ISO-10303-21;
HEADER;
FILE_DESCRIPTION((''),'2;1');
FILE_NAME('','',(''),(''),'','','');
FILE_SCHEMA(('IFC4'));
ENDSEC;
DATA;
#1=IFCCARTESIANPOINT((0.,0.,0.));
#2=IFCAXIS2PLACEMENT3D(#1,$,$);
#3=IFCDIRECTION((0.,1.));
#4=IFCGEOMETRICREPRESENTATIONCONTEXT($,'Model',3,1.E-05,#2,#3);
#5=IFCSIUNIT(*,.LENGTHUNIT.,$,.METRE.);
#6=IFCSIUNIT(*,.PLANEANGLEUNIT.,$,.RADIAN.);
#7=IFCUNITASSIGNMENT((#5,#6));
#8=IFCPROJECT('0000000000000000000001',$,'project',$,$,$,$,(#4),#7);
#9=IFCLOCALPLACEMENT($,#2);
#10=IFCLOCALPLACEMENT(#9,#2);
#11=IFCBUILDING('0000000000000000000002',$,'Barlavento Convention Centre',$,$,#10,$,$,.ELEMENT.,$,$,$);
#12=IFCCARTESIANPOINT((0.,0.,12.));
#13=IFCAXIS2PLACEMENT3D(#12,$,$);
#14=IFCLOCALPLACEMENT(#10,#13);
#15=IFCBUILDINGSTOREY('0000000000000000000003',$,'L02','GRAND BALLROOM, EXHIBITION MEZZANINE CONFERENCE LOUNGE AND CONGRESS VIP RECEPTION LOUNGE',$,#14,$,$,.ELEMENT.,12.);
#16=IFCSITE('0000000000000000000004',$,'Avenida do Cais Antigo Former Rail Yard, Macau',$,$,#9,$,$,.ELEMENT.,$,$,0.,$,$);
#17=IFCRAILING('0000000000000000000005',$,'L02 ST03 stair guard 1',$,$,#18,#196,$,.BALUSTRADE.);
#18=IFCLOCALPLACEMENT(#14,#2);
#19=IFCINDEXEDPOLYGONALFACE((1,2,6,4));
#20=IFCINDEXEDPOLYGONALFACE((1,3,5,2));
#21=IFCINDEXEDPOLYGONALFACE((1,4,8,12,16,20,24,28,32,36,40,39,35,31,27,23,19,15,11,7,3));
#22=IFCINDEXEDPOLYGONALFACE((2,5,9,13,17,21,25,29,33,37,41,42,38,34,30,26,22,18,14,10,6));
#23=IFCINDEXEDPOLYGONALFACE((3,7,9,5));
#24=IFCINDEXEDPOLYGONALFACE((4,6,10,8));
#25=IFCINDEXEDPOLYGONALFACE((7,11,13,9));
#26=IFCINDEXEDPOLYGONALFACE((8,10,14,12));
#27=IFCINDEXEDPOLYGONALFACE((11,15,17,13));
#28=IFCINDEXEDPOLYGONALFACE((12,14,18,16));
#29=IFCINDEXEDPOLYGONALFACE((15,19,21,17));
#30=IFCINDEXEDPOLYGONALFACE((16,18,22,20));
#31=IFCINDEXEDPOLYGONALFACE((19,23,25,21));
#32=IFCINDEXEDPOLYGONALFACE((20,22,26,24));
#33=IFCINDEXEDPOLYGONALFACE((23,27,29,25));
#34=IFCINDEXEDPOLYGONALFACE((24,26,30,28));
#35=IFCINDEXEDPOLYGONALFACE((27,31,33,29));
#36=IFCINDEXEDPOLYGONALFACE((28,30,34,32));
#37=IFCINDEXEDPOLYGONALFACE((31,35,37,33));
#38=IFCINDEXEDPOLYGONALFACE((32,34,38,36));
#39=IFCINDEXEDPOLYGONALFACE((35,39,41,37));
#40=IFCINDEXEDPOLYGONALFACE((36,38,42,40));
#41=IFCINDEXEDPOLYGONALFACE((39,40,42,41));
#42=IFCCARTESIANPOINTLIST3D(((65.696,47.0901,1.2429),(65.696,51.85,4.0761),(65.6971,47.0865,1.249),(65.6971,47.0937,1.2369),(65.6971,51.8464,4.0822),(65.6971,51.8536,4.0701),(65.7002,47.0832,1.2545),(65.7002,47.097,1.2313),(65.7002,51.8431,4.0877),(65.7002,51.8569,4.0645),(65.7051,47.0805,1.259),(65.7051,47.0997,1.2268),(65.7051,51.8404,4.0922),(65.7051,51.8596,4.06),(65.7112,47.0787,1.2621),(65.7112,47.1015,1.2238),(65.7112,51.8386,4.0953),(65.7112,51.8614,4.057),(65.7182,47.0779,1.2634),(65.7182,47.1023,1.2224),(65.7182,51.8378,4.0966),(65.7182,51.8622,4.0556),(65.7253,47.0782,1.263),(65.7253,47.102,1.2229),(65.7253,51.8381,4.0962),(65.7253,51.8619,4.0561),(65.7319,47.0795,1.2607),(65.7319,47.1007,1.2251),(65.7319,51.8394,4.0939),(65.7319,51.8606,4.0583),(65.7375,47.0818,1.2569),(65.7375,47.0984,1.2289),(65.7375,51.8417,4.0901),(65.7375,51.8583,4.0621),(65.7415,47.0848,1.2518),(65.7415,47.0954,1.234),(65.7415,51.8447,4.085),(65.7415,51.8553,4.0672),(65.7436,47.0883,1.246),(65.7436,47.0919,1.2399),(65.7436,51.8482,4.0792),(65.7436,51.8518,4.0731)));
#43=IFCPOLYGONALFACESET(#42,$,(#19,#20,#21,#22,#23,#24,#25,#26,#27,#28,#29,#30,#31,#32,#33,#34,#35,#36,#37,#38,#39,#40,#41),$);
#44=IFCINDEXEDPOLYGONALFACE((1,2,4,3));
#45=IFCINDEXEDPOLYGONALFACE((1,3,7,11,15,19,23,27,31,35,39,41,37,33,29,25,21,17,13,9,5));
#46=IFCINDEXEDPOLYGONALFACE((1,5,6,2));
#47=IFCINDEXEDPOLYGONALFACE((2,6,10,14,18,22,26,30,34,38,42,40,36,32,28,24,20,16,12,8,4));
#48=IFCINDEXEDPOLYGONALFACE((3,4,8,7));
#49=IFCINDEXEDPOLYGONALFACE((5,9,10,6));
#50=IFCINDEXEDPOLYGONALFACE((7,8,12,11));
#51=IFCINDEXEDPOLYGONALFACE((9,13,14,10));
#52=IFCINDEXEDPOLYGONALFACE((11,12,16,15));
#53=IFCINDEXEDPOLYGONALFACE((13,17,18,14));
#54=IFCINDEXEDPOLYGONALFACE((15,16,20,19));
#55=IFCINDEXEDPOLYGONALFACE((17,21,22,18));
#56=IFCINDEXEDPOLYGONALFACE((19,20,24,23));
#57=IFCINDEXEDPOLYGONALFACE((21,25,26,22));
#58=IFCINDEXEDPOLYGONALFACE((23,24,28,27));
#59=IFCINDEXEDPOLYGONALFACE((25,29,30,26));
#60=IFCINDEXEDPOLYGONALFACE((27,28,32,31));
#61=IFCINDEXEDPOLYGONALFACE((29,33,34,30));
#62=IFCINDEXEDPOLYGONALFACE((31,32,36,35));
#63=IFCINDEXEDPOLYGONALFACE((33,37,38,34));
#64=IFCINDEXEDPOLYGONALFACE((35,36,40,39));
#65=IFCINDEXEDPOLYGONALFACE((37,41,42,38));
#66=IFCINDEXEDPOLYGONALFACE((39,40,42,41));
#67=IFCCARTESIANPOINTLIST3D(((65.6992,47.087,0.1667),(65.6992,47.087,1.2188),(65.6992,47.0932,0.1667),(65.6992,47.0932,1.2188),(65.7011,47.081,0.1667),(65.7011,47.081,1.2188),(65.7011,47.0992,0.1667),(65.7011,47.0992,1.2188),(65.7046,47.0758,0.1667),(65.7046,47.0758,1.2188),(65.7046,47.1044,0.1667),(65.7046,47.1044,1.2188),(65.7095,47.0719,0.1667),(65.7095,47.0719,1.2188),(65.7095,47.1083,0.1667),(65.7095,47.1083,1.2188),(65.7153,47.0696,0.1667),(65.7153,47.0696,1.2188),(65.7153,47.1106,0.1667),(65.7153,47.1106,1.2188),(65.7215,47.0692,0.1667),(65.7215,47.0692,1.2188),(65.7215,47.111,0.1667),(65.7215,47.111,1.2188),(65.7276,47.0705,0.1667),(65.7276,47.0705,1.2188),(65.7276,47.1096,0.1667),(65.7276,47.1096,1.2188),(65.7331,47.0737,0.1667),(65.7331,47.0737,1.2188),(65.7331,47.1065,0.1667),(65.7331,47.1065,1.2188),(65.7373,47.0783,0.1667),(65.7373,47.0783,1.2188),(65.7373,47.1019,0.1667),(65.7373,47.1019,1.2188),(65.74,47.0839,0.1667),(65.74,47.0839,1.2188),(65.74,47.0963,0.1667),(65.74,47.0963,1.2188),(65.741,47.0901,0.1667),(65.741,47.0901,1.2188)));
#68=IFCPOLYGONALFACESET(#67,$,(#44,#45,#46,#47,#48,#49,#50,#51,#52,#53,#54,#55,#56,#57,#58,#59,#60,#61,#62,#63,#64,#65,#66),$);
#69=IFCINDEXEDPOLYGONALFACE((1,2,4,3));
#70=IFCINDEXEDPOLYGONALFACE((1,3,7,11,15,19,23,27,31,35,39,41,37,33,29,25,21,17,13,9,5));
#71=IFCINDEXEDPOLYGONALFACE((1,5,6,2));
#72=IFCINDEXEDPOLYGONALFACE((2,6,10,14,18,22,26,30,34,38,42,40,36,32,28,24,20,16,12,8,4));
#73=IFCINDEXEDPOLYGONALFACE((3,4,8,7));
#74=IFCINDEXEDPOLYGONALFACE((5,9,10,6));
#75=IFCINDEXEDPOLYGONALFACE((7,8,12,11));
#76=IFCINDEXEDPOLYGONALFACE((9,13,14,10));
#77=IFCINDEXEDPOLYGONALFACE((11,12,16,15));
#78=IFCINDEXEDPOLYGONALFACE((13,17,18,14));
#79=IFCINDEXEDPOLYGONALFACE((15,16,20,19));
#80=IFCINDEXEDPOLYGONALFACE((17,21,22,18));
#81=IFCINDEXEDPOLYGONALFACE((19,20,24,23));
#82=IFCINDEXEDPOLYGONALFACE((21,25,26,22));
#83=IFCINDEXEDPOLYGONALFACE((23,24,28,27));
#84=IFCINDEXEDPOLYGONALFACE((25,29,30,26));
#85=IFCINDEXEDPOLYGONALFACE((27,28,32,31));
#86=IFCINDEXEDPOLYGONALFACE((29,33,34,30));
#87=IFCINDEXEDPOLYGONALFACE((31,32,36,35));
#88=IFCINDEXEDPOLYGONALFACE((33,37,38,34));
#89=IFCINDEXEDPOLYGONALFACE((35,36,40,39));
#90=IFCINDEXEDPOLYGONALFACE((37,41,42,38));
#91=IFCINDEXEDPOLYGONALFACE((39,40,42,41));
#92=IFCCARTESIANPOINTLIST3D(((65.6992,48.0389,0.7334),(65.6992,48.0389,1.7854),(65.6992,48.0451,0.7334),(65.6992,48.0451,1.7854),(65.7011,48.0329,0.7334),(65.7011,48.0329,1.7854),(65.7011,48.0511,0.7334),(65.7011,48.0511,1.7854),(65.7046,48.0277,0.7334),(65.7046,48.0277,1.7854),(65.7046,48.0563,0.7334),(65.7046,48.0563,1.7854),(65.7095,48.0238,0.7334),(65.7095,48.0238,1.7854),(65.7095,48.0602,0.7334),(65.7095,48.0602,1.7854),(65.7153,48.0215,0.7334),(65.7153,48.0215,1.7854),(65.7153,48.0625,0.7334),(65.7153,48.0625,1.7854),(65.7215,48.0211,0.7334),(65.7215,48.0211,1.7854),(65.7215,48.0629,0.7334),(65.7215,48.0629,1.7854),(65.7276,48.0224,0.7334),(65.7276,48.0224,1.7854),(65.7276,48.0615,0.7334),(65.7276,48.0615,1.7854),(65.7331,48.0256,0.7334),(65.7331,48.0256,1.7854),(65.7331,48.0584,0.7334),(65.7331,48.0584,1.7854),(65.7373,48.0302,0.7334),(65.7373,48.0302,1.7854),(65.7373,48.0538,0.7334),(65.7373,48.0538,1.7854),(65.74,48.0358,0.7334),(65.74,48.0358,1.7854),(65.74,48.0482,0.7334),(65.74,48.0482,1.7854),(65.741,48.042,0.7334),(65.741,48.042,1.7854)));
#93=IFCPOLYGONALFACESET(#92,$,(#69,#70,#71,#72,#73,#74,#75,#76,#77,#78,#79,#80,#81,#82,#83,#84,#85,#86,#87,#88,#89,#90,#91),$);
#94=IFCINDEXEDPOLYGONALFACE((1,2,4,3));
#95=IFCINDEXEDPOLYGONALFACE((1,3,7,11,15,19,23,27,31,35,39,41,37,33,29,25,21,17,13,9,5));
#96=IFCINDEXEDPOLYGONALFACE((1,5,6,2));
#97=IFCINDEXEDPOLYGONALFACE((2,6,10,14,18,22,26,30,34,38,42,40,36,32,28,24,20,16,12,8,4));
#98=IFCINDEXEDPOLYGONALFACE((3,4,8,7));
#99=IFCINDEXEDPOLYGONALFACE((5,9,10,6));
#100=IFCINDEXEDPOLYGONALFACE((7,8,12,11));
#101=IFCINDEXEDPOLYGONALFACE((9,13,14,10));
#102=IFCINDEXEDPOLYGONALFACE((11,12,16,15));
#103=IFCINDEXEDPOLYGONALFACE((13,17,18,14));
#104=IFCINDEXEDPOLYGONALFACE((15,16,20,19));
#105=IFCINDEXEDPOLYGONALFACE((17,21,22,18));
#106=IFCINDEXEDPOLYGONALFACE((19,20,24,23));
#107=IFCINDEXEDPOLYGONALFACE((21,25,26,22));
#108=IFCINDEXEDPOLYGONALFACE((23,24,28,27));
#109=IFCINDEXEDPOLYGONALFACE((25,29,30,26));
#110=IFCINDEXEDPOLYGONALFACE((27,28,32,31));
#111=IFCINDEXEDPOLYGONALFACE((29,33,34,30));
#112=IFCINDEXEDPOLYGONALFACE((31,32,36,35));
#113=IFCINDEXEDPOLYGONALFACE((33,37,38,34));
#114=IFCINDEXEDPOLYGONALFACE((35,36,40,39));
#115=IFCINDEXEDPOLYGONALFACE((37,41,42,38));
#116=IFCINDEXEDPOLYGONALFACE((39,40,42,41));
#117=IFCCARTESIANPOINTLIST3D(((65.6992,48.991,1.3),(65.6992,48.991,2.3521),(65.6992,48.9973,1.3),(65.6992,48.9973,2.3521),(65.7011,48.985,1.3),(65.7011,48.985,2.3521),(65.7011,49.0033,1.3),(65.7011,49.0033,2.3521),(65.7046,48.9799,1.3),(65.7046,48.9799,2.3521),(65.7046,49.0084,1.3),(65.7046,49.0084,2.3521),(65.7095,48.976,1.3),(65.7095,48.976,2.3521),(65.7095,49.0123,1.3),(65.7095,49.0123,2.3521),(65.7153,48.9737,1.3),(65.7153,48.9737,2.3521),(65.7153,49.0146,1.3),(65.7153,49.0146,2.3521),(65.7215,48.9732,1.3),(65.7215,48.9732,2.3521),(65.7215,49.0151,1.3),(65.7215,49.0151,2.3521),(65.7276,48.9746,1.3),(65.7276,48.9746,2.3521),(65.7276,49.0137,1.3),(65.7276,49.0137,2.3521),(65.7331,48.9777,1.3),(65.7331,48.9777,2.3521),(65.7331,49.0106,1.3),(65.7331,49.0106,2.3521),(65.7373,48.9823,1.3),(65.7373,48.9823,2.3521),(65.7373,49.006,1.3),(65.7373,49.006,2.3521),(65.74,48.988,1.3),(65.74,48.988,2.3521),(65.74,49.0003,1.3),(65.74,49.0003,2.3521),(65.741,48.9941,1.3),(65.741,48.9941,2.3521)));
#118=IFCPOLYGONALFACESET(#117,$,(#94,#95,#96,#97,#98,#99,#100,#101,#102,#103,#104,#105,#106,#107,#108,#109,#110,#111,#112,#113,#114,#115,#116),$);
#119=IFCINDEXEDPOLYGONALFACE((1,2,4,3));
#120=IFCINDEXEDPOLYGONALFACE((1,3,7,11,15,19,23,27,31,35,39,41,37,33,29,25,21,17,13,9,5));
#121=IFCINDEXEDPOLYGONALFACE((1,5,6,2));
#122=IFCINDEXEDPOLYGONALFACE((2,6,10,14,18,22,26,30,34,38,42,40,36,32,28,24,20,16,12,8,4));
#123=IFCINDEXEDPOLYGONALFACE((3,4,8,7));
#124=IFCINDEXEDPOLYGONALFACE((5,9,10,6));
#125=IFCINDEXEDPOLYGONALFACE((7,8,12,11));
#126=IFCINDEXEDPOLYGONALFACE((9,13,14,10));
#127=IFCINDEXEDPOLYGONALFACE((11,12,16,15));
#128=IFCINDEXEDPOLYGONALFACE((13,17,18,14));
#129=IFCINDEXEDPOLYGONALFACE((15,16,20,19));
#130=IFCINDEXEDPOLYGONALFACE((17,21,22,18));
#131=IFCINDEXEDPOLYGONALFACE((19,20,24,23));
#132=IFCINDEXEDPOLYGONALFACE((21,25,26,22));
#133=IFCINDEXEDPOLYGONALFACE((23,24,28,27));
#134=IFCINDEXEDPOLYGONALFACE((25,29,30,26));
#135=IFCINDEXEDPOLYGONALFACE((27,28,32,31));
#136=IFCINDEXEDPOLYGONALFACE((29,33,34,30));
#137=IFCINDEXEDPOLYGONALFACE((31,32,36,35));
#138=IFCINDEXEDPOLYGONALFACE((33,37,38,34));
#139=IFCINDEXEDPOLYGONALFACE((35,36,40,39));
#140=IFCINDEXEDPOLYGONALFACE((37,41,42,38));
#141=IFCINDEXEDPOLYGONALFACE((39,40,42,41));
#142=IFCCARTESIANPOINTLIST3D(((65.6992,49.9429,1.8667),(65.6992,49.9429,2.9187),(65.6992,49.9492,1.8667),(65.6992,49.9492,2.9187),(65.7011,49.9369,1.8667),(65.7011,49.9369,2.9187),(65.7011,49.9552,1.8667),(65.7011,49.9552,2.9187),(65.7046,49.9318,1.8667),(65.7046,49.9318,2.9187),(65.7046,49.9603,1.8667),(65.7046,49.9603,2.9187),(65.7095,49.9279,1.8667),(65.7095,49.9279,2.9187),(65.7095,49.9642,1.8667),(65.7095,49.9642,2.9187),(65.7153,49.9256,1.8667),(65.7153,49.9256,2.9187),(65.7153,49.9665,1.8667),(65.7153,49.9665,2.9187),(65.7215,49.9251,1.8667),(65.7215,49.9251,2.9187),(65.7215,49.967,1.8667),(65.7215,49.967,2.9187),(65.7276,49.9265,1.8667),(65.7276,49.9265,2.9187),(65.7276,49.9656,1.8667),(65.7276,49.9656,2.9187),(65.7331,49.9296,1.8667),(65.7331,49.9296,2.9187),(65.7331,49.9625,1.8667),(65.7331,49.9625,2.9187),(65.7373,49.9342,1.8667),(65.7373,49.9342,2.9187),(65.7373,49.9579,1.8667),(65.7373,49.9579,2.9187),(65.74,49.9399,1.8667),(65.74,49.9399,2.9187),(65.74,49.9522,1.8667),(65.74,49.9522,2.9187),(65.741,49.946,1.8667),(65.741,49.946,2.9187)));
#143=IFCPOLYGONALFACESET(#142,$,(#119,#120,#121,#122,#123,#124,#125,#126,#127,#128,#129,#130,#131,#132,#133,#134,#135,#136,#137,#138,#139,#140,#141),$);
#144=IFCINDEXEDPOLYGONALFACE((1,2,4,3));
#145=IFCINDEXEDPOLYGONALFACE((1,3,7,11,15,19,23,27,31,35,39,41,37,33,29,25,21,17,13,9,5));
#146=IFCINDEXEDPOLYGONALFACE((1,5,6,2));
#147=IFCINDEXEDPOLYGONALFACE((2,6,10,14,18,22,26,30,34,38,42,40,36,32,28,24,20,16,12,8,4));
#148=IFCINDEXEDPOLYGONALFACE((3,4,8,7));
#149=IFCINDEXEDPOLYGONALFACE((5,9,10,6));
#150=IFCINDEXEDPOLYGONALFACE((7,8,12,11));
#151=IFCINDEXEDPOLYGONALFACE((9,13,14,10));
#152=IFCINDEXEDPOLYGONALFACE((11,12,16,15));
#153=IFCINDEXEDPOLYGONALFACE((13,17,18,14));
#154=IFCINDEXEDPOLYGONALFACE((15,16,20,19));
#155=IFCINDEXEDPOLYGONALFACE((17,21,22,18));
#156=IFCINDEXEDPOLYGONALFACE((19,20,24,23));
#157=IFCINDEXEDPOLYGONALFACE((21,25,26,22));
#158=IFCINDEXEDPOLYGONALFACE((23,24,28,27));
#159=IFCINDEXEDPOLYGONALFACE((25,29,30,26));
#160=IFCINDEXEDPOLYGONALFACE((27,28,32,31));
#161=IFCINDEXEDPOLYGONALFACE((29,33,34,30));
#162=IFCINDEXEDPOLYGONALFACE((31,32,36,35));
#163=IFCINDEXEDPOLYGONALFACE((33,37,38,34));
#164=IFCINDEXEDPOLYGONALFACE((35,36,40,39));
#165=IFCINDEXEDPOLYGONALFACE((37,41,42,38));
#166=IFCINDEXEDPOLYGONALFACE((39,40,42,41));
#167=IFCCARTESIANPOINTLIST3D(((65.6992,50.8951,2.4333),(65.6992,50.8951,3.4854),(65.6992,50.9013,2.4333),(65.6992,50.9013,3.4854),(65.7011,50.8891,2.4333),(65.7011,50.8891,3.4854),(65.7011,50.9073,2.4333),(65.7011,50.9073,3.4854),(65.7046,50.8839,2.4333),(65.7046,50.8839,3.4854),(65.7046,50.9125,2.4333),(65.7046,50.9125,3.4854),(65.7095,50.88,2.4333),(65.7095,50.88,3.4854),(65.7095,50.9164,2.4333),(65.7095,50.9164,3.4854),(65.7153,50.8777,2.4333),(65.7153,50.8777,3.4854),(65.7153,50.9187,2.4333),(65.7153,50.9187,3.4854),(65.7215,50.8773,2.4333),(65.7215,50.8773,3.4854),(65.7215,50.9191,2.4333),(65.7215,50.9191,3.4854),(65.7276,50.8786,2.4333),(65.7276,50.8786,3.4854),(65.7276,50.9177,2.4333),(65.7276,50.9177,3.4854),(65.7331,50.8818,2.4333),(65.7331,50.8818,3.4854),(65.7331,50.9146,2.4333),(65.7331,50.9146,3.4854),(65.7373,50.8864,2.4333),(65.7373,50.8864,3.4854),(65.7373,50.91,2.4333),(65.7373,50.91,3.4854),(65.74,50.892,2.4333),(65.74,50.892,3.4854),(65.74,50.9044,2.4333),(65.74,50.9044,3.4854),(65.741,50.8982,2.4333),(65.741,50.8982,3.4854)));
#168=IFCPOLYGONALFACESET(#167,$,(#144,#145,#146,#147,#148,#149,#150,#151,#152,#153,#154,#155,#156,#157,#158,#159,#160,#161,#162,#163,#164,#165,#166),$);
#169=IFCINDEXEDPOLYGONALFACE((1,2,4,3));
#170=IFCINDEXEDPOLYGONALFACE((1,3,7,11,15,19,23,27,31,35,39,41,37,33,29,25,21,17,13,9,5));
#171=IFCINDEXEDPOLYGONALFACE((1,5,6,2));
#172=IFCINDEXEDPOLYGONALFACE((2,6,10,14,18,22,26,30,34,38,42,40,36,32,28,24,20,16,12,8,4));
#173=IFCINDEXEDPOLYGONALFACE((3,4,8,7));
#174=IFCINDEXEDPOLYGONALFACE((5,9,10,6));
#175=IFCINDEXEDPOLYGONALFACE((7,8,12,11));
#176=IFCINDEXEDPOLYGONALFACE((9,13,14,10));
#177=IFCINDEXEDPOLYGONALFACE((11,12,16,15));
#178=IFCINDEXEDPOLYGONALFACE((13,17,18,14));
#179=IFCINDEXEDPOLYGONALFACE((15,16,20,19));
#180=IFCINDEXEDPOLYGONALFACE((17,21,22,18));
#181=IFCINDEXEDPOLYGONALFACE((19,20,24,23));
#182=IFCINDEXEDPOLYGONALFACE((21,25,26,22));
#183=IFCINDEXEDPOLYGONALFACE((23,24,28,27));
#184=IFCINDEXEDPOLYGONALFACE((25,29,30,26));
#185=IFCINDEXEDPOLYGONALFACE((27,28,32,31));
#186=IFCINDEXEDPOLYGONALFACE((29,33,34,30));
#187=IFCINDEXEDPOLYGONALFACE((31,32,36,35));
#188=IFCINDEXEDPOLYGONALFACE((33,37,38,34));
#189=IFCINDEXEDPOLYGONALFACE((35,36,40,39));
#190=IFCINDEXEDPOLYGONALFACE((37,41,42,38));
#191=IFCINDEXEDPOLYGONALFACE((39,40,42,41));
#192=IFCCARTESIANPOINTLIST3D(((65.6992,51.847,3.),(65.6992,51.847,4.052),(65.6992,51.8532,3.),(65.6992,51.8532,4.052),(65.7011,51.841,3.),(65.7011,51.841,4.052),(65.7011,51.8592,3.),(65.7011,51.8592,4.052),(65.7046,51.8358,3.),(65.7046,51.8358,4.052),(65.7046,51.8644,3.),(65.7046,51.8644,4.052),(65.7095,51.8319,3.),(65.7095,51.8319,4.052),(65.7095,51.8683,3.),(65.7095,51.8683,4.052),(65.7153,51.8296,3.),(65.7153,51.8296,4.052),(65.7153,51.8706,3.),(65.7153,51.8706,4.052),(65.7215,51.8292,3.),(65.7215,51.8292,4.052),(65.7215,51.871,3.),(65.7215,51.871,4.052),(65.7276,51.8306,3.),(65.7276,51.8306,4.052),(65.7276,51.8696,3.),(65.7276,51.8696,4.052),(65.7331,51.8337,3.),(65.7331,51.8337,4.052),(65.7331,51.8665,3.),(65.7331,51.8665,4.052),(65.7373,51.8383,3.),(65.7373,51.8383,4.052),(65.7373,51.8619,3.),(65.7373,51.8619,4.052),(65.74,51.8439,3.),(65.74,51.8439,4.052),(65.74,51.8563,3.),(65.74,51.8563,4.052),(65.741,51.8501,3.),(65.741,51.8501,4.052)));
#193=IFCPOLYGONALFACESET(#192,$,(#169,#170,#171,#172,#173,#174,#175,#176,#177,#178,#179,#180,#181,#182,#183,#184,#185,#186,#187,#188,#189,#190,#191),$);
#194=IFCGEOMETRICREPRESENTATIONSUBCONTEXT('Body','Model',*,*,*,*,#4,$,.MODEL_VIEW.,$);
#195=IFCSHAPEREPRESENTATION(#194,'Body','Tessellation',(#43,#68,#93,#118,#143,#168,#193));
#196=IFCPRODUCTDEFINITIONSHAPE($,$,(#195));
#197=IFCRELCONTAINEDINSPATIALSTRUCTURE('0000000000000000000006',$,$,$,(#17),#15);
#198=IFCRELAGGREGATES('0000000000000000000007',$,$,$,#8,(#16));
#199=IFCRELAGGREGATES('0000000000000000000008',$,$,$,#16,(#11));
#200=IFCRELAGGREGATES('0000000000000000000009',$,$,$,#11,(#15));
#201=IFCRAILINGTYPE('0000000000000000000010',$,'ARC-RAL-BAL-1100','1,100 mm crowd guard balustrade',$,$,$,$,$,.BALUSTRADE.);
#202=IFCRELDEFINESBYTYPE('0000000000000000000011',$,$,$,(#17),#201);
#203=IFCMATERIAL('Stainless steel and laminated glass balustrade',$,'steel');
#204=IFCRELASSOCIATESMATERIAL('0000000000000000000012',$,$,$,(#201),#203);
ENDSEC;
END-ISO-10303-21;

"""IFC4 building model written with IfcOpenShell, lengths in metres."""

from ifc_helpers import new_model, si_unit, direction, frame, origin, origin_2d, place, context, subcontext, project, spatial, circle, extrude, material, type_object, element, save


model = new_model("IFC4")

# Units and contexts
model_context = context("Model", 3, precision=1e-05, world=origin(), true_north=direction((0.0, 1.0)))
body_context = subcontext(model_context, "Body", "Model", "MODEL_VIEW")
ifc_project = project(units=[si_unit("LENGTHUNIT", "METRE"), si_unit("PLANEANGLEUNIT", "RADIAN")], contexts=[model_context])

# Site, building, storey
site_placement = place(None, origin())
site = spatial("IfcSite", under=ifc_project, at=site_placement, Name="Avenida do Cais Antigo Former Rail Yard, Macau", CompositionType="ELEMENT", RefElevation=0.0)
building_placement = place(site_placement, origin())
building = spatial("IfcBuilding", under=site, at=building_placement, Name="Barlavento Convention Centre", CompositionType="ELEMENT")
storey_placement = place(building_placement, frame((0.0, 0.0, 12.0)))
storey = spatial("IfcBuildingStorey", under=building, at=storey_placement, Name="L02", Description="GRAND BALLROOM, EXHIBITION MEZZANINE CONFERENCE LOUNGE AND CONGRESS VIP RECEPTION LOUNGE", CompositionType="ELEMENT", Elevation=12.0)

# Railing
ifc_material_1 = material(Name="Stainless steel and laminated glass balustrade", Category="steel")
railing_type_1 = type_object("IfcRailingType", Name="ARC-RAL-BAL-1100", Description="1,100 mm crowd guard balustrade", PredefinedType="BALUSTRADE", material=ifc_material_1)
railing_1_placement = place(storey_placement, frame((65.72, 47.0901, 0.1667)))
element("IfcRailing", 1, at=railing_1_placement, inside=storey, type_object=railing_type_1, Name="L02 ST03 stair guard 1", PredefinedType="BALUSTRADE", context=body_context, shape_type="SweptSolid", body=[
    extrude(circle(Radius=0.0239, at=origin_2d()), frame((0.0, 0.0, 1.0762), z_axis=(0.0, 0.8593, 0.511472), x_axis=(-1.0, 0.0, 0.0)), (0.0, 0.0, 1.0), 5.5393),
    extrude(circle(Radius=0.021, at=origin_2d()), origin(), (0.0, 0.0, 1.0), 1.052),
    extrude(circle(Radius=0.021, at=origin_2d()), frame((0.0, 0.9519, 0.5667)), (0.0, 0.0, 1.0), 1.052),
    extrude(circle(Radius=0.021, at=origin_2d()), frame((0.0, 1.9041, 1.1333)), (0.0, 0.0, 1.0), 1.052),
    extrude(circle(Radius=0.021, at=origin_2d()), frame((0.0, 2.856, 1.7)), (0.0, 0.0, 1.0), 1.052),
    extrude(circle(Radius=0.021, at=origin_2d()), frame((0.0, 3.8081, 2.2666)), (0.0, 0.0, 1.0), 1.052),
    extrude(circle(Radius=0.021, at=origin_2d()), frame((0.0, 4.76, 2.8333)), (0.0, 0.0, 1.0), 1.052),
])

save(model, "model.ifc")
